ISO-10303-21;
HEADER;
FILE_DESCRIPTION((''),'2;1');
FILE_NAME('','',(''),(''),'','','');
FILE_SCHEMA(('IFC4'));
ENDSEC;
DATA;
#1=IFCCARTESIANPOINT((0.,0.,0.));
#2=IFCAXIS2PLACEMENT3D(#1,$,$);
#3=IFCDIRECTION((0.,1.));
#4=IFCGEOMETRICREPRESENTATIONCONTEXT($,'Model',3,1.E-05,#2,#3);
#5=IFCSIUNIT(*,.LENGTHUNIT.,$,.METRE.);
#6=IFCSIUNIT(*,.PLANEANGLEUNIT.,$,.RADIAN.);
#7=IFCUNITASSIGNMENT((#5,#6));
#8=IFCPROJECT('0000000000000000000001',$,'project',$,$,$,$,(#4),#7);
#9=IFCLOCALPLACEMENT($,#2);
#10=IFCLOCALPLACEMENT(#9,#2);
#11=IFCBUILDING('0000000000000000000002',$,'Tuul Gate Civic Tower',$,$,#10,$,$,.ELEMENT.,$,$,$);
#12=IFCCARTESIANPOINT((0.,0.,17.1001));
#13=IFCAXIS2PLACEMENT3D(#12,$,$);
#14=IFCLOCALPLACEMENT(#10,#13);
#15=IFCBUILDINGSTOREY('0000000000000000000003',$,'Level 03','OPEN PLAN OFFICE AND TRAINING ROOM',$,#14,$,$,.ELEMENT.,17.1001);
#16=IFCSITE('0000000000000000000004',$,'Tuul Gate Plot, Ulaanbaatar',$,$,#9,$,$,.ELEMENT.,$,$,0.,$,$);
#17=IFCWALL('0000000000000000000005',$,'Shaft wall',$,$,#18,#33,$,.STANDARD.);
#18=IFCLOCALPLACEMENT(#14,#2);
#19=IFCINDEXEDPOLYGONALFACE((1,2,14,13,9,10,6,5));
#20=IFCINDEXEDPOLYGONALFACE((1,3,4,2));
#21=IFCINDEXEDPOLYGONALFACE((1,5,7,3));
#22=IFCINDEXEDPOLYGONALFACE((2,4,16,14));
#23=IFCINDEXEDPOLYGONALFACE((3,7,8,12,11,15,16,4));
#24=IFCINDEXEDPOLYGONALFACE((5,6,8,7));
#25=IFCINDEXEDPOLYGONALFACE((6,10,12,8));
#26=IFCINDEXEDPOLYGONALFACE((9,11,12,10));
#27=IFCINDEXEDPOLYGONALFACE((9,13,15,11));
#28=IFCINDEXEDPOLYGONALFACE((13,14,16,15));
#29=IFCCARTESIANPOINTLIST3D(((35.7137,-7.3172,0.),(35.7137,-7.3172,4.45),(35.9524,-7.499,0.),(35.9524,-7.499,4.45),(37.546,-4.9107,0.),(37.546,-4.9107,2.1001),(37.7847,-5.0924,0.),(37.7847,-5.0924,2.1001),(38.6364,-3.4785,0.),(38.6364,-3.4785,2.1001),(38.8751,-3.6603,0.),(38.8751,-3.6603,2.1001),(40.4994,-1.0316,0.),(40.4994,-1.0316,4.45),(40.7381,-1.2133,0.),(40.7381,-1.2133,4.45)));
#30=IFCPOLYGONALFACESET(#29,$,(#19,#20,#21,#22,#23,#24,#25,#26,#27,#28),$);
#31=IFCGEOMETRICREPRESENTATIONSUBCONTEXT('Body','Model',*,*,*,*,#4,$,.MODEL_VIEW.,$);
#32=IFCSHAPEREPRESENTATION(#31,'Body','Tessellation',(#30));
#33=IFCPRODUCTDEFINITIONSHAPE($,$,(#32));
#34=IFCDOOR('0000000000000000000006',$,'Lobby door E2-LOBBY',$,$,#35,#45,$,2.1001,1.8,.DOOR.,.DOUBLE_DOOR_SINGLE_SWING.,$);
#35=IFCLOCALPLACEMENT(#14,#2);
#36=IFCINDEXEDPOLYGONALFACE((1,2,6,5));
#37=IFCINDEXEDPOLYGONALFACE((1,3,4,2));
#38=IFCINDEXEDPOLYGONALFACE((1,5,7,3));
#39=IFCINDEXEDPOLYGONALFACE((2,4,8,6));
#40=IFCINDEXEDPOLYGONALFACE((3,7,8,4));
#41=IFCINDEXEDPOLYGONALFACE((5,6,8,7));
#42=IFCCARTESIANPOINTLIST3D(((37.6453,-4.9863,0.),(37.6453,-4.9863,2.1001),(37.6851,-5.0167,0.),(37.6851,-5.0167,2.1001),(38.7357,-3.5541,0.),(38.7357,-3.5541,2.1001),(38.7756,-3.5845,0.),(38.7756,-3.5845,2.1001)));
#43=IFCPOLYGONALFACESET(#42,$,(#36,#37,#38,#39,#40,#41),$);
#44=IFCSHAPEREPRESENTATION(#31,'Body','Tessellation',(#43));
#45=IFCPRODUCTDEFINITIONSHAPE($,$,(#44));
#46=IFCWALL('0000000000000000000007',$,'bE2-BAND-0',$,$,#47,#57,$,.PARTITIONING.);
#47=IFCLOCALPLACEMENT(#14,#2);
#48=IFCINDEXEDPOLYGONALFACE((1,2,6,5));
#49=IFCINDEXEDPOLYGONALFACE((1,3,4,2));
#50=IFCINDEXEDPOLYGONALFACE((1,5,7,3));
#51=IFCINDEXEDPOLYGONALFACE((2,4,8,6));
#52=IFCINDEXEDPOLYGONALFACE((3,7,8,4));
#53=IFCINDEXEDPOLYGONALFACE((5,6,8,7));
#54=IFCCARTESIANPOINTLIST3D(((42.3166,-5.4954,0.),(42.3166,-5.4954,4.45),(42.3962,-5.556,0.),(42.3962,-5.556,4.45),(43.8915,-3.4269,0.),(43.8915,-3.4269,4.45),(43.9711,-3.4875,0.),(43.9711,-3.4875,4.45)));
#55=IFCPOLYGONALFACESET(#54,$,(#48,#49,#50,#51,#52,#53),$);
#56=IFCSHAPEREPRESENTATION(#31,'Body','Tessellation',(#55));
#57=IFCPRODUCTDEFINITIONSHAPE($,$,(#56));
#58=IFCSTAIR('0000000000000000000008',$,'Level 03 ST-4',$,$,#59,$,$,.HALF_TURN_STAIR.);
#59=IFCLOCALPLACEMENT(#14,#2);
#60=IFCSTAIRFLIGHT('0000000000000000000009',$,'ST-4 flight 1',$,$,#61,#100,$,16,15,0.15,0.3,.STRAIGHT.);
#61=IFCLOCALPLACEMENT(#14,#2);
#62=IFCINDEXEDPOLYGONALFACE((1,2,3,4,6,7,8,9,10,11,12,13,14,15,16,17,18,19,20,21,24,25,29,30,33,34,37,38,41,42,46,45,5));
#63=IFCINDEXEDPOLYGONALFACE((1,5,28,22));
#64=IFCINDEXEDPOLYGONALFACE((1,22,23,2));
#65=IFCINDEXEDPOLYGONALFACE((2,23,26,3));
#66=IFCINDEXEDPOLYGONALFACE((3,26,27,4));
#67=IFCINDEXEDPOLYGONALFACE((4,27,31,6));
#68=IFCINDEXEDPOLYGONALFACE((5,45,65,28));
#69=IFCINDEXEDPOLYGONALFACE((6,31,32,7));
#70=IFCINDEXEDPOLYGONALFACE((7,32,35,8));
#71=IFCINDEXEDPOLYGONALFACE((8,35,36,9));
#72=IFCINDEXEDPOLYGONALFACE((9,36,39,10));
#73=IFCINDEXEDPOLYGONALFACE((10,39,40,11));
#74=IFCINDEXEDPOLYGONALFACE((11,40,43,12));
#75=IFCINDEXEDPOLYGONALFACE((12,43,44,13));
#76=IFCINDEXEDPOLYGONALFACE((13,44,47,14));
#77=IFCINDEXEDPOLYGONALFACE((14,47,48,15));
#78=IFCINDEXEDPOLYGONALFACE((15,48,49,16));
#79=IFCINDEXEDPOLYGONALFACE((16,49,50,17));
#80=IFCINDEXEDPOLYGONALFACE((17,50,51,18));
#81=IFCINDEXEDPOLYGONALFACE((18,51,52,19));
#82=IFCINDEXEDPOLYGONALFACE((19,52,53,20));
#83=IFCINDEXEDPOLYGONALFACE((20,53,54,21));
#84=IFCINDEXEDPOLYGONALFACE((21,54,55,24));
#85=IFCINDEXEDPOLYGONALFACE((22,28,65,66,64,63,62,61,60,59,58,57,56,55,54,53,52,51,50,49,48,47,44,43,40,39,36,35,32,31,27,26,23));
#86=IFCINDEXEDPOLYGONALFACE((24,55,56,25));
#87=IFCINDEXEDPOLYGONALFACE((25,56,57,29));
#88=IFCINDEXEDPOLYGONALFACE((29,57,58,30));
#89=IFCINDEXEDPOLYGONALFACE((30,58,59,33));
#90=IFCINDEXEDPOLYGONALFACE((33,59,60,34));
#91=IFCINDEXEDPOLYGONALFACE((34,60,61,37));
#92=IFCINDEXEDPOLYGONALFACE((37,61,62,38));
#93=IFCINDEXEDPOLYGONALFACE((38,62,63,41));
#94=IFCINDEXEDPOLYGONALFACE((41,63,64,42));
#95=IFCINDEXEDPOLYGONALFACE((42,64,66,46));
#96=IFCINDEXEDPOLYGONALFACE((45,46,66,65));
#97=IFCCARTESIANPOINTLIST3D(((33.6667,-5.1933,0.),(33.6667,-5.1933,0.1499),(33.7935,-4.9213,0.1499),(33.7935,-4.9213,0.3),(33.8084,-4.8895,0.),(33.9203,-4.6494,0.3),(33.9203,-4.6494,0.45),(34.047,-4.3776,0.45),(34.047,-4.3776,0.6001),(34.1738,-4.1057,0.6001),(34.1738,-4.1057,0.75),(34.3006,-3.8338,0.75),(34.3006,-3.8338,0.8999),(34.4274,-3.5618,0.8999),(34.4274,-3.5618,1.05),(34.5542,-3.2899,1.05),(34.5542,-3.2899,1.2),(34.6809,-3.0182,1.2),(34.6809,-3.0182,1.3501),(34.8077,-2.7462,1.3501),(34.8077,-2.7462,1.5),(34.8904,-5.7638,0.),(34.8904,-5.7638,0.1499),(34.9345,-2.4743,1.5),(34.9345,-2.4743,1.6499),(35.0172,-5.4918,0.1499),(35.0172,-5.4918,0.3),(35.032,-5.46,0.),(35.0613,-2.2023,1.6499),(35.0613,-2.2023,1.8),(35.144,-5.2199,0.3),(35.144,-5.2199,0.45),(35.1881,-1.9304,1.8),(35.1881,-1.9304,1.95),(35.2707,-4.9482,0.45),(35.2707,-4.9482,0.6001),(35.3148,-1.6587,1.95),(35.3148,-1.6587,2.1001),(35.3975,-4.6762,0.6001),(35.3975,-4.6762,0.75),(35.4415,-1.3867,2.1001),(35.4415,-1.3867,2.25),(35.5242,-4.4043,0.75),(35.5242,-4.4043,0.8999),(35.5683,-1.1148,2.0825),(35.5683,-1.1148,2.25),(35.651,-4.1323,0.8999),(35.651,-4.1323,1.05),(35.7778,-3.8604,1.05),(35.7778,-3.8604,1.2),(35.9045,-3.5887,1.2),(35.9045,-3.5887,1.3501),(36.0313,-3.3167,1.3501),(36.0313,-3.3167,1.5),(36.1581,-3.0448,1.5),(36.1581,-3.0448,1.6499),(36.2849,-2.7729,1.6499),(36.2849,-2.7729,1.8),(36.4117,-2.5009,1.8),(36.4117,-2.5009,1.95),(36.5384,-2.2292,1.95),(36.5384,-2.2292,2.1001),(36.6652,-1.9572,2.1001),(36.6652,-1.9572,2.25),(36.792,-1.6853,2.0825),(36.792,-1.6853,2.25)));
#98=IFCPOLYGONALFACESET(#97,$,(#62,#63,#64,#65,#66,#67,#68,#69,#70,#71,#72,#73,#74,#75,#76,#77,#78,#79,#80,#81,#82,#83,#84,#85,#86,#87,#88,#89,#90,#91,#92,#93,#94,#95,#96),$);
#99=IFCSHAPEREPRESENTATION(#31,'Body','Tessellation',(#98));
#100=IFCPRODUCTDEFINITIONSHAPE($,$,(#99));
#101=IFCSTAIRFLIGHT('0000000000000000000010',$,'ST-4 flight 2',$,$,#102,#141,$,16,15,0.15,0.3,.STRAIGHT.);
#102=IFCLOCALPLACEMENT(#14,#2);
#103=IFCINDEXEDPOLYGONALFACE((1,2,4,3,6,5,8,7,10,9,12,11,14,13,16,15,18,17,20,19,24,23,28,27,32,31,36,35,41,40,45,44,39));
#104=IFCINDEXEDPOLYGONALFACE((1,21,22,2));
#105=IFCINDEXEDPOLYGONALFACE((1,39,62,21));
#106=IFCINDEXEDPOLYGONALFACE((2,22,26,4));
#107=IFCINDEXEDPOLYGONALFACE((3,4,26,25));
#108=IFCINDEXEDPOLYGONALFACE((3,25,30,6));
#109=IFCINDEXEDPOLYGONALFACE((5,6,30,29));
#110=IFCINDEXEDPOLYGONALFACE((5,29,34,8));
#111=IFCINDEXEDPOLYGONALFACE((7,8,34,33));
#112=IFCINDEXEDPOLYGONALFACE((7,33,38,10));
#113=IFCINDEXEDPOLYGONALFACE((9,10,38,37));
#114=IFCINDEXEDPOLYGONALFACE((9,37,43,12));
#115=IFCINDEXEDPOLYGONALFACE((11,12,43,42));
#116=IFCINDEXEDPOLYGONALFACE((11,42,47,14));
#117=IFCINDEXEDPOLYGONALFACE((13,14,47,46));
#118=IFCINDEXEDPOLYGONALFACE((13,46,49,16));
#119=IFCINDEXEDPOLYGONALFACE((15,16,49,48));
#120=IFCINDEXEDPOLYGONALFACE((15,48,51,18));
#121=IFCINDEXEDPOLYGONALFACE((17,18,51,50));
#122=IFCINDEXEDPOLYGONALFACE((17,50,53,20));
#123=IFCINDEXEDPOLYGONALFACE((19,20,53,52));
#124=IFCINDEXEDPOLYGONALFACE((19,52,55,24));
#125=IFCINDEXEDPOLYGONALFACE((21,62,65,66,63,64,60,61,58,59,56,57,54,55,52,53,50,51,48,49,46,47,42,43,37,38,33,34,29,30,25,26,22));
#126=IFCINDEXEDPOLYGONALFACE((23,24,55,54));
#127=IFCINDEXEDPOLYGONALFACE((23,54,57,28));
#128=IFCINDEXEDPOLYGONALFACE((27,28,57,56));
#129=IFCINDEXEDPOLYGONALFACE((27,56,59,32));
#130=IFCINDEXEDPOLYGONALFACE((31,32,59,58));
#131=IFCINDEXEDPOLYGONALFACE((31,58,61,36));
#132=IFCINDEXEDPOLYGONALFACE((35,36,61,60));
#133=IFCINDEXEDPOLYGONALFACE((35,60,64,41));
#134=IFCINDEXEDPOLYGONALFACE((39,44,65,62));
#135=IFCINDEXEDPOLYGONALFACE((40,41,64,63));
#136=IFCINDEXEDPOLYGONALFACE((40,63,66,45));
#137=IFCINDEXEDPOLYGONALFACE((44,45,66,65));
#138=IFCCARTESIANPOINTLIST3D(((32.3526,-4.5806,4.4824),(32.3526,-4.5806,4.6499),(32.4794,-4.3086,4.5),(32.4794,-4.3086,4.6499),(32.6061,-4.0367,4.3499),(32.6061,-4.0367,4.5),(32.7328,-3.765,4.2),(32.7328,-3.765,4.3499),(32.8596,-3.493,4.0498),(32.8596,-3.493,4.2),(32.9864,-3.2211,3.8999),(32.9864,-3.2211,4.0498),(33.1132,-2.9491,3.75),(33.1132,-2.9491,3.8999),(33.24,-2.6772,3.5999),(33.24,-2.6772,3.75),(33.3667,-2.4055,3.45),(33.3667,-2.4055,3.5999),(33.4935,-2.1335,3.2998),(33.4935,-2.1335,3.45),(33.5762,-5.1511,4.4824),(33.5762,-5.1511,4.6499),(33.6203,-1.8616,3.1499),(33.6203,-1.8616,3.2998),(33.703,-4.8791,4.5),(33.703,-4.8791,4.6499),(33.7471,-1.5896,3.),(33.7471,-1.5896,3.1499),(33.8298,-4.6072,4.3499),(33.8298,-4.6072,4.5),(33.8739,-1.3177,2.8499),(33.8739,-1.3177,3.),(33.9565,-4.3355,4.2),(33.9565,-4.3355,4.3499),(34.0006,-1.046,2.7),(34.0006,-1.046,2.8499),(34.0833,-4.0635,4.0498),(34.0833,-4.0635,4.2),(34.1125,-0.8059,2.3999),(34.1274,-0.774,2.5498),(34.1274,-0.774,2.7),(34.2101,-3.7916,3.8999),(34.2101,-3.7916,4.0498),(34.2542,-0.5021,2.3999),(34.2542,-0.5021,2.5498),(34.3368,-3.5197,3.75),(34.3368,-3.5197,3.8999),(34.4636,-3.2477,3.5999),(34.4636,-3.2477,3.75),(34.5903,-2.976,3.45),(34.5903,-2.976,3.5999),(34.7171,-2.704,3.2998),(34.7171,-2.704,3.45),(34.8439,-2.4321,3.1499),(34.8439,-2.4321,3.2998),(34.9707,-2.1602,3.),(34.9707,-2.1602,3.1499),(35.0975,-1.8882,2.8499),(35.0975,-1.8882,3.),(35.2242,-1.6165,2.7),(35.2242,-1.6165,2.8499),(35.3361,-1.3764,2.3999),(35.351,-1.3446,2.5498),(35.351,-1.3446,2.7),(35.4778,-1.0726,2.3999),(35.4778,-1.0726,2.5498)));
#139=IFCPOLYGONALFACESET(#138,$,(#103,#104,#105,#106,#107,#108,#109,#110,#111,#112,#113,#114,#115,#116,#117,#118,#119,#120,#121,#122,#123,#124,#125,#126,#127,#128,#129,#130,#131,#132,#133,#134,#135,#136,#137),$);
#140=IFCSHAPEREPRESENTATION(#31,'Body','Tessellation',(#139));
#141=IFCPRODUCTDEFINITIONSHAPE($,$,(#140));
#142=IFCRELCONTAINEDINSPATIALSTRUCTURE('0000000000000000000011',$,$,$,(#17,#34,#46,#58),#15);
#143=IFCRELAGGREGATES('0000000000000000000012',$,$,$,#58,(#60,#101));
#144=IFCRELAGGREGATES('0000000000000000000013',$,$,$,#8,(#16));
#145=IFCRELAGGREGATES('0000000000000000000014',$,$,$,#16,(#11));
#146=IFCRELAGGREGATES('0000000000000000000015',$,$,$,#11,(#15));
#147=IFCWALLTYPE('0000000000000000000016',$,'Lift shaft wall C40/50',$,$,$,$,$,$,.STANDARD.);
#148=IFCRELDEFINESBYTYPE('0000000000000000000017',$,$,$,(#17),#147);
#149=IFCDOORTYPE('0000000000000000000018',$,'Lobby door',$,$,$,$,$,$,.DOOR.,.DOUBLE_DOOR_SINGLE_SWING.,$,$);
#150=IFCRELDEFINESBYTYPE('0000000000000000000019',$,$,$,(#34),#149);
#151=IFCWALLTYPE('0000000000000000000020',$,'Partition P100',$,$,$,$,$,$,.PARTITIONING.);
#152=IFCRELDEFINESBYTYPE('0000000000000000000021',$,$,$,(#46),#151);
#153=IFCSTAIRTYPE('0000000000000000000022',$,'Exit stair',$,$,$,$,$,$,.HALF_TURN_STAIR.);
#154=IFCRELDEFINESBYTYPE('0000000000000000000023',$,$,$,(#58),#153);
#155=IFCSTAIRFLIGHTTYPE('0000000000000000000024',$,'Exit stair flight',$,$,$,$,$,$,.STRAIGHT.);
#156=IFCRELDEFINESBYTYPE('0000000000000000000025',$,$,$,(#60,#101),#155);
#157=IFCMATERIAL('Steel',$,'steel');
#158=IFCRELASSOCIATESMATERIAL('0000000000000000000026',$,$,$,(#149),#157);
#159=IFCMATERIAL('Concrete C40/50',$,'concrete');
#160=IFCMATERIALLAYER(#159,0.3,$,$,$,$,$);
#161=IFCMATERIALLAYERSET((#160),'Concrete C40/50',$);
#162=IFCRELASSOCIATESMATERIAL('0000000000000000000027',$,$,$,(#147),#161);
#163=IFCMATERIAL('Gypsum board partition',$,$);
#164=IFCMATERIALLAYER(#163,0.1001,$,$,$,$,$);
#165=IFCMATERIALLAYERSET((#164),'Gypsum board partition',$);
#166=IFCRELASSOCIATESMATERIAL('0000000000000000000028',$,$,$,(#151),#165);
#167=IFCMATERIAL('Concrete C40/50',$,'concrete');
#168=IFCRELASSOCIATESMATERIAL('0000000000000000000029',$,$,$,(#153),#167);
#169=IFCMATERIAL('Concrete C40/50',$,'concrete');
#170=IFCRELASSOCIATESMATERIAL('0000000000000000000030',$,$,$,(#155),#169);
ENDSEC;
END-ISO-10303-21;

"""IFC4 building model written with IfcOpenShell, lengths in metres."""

from ifc_helpers import new_model, si_unit, direction, frame, frame_2d, origin, place, context, subcontext, project, spatial, polyline, rectangle, outline, extrude, material, layer, layer_set, type_object, element, fill, aggregate, save


model = new_model("IFC4")

# Units and contexts
model_context = context("Model", 3, precision=1e-05, world=origin(), true_north=direction((0.0, 1.0)))
body_context = subcontext(model_context, "Body", "Model", "MODEL_VIEW")
ifc_project = project(units=[si_unit("LENGTHUNIT", "METRE"), si_unit("PLANEANGLEUNIT", "RADIAN")], contexts=[model_context])

# Site, building, storey
site_placement = place(None, origin())
site = spatial("IfcSite", under=ifc_project, at=site_placement, Name="Tuul Gate Plot, Ulaanbaatar", CompositionType="ELEMENT", RefElevation=0.0)
building_placement = place(site_placement, origin())
building = spatial("IfcBuilding", under=site, at=building_placement, Name="Tuul Gate Civic Tower", CompositionType="ELEMENT")
storey_placement = place(building_placement, frame((0.0, 0.0, 17.1001)))
storey = spatial("IfcBuildingStorey", under=building, at=storey_placement, Name="Level 03", Description="OPEN PLAN OFFICE AND TRAINING ROOM", CompositionType="ELEMENT", Elevation=17.1001)

# Shared definitions
ifc_material_1 = material(Name="Steel", Category="steel")
door_type_1 = type_object("IfcDoorType", Name="Lobby door", OperationType="DOUBLE_DOOR_SINGLE_SWING", PredefinedType="DOOR", material=ifc_material_1)

# Shared definitions
ifc_material_2 = material(Name="Concrete C40/50", Category="concrete")
ifc_layer_1 = layer(ifc_material_2, 0.3)
ifc_layer_set_1 = layer_set([ifc_layer_1], Name="Concrete C40/50")
wall_type_1 = type_object("IfcWallType", Name="Lift shaft wall C40/50", PredefinedType="STANDARD", material=ifc_layer_set_1)

# Wall, opening, door
wall_1_placement = place(storey_placement, frame((35.833, -7.4082, 0.0), z_axis=(0.0, 0.0, 1.0), x_axis=(0.605769, 0.79564, 0.0)))
wall_1 = element("IfcWall", 1, at=wall_1_placement, inside=storey, type_object=wall_type_1, Name="Shaft wall", PredefinedType="STANDARD", context=body_context, shape_type="SweptSolid", body=[
    extrude(rectangle(XDim=7.9001, YDim=0.3, at=frame_2d((3.9502, 0.0))), origin(), (0.0, 0.0, 1.0), 4.45),
])
opening_1_placement = place(wall_1_placement, frame((3.0249, 0.0, 0.0)))
opening_1 = element("IfcOpeningElement", 2, at=opening_1_placement, cuts=wall_1, PredefinedType="OPENING", context=body_context, shape_type="SweptSolid", body=[
    extrude(rectangle(XDim=1.8, YDim=2.1001, at=frame_2d((0.8999, 1.05))), frame((0.0, 0.1602, 0.0), z_axis=(0.0, -1.0, 0.0), x_axis=(1.0, 0.0, 0.0)), (0.0, 0.0, 1.0), 0.3201),
])
door_1_placement = place(opening_1_placement, frame((1.8, 0.0, 0.0), z_axis=(0.0, 0.0, 1.0), x_axis=(-1.0, 0.0, 0.0)))
door_1 = element("IfcDoor", 3, at=door_1_placement, inside=storey, type_object=door_type_1, Name="Lobby door E2-LOBBY", OperationType="DOUBLE_DOOR_SINGLE_SWING", OverallHeight=2.1001, OverallWidth=1.8, PredefinedType="DOOR", context=body_context, shape_type="SweptSolid", body=[
    extrude(rectangle(XDim=1.8, YDim=2.1001, at=frame_2d((0.9001, 1.05))), frame((0.0, 0.0249, 0.0), z_axis=(0.0, -1.0, 0.0), x_axis=(1.0, 0.0, 0.0)), (0.0, 0.0, 1.0), 0.05),
])
fill(opening_1, door_1)

# Wall
ifc_material_3 = material(Name="Gypsum board partition")
ifc_layer_2 = layer(ifc_material_3, 0.1001)
ifc_layer_set_2 = layer_set([ifc_layer_2], Name="Gypsum board partition")
wall_type_2 = type_object("IfcWallType", Name="Partition P100", PredefinedType="PARTITIONING", material=ifc_layer_set_2)
wall_2_placement = place(storey_placement, frame((42.3564, -5.5256, 0.0), z_axis=(0.0, 0.0, 1.0), x_axis=(0.605769, 0.795641, 0.0)))
element("IfcWall", 4, at=wall_2_placement, inside=storey, type_object=wall_type_2, Name="bE2-BAND-0", PredefinedType="PARTITIONING", context=body_context, shape_type="SweptSolid", body=[
    extrude(rectangle(XDim=2.5999, YDim=0.1001, at=frame_2d((1.2998, 0.0))), origin(), (0.0, 0.0, 1.0), 4.45),
])

# Stair, stair flights
ifc_material_4 = material(Name="Concrete C40/50", Category="concrete")
stair_type = type_object("IfcStairType", Name="Exit stair", PredefinedType="HALF_TURN_STAIR", material=ifc_material_4)
stair_placement = place(storey_placement, origin())
stair = element("IfcStair", 5, at=stair_placement, inside=storey, type_object=stair_type, Name="Level 03 ST-4", PredefinedType="HALF_TURN_STAIR")
ifc_material_5 = material(Name="Concrete C40/50", Category="concrete")
stair_flight_type = type_object("IfcStairFlightType", Name="Exit stair flight", PredefinedType="STRAIGHT", material=ifc_material_5)
stair_flight_1_placement = place(storey_placement, frame((34.2786, -5.4785, 0.0), z_axis=(0.0, 0.0, 1.0), x_axis=(0.422576, 0.906327, 0.0)))
stair_flight_1 = element("IfcStairFlight", 6, at=stair_flight_1_placement, type_object=stair_flight_type, Name="ST-4 flight 1", NumberOfRisers=16, NumberOfTreads=15, PredefinedType="STRAIGHT", RiserHeight=0.15, TreadLength=0.3, context=body_context, shape_type="SweptSolid", body=[
    extrude(outline(polyline([(0.0, 0.0), (0.0, 0.1499), (0.3, 0.1499), (0.3, 0.3), (0.6001, 0.3), (0.6001, 0.45), (0.8999, 0.45), (0.8999, 0.6001), (1.2, 0.6001), (1.2, 0.75), (1.5, 0.75), (1.5, 0.8999), (1.8, 0.8999), (1.8, 1.05), (2.1001, 1.05), (2.1001, 1.2), (2.3999, 1.2), (2.3999, 1.3501), (2.7, 1.3501), (2.7, 1.5), (3.0, 1.5), (3.0, 1.6499), (3.3, 1.6499), (3.3, 1.8), (3.6001, 1.8), (3.6001, 1.95), (3.8999, 1.95), (3.8999, 2.1001), (4.2, 2.1001), (4.2, 2.25), (4.5, 2.25), (4.5, 2.3999), (4.5, 2.0825), (0.3352, 0.0), (0.0, 0.0)])), frame((0.0, 0.675, 0.0), z_axis=(0.0, -1.0, 0.0), x_axis=(1.0, 0.0, 0.0)), (0.0, 0.0, 1.0), 1.3501),
])
stair_flight_2_placement = place(storey_placement, frame((34.866, -0.7874, 2.3999), z_axis=(0.0, 0.0, 1.0), x_axis=(-0.422576, -0.906327, 0.0)))
stair_flight_2 = element("IfcStairFlight", 7, at=stair_flight_2_placement, type_object=stair_flight_type, Name="ST-4 flight 2", NumberOfRisers=16, NumberOfTreads=15, PredefinedType="STRAIGHT", RiserHeight=0.15, TreadLength=0.3, context=body_context, shape_type="SweptSolid", body=[
    extrude(outline(polyline([(0.0, 0.0), (0.0, 0.1499), (0.3, 0.1499), (0.3, 0.3), (0.6001, 0.3), (0.6001, 0.45), (0.8999, 0.45), (0.8999, 0.6001), (1.2, 0.6001), (1.2, 0.75), (1.5, 0.75), (1.5, 0.8999), (1.8, 0.8999), (1.8, 1.05), (2.1001, 1.05), (2.1001, 1.2), (2.3999, 1.2), (2.3999, 1.3501), (2.7, 1.3501), (2.7, 1.5), (3.0, 1.5), (3.0, 1.6499), (3.3, 1.6499), (3.3, 1.8), (3.6001, 1.8), (3.6001, 1.95), (3.8999, 1.95), (3.8999, 2.1001), (4.2, 2.1001), (4.2, 2.25), (4.5, 2.25), (4.5, 2.3999), (4.5, 2.0825), (0.3352, 0.0), (0.0, 0.0)])), frame((0.0, 0.675, 0.0), z_axis=(0.0, -1.0, 0.0), x_axis=(1.0, 0.0, 0.0)), (0.0, 0.0, 1.0), 1.3501),
])
aggregate(stair, [stair_flight_1, stair_flight_2])

save(model, "model.ifc")
